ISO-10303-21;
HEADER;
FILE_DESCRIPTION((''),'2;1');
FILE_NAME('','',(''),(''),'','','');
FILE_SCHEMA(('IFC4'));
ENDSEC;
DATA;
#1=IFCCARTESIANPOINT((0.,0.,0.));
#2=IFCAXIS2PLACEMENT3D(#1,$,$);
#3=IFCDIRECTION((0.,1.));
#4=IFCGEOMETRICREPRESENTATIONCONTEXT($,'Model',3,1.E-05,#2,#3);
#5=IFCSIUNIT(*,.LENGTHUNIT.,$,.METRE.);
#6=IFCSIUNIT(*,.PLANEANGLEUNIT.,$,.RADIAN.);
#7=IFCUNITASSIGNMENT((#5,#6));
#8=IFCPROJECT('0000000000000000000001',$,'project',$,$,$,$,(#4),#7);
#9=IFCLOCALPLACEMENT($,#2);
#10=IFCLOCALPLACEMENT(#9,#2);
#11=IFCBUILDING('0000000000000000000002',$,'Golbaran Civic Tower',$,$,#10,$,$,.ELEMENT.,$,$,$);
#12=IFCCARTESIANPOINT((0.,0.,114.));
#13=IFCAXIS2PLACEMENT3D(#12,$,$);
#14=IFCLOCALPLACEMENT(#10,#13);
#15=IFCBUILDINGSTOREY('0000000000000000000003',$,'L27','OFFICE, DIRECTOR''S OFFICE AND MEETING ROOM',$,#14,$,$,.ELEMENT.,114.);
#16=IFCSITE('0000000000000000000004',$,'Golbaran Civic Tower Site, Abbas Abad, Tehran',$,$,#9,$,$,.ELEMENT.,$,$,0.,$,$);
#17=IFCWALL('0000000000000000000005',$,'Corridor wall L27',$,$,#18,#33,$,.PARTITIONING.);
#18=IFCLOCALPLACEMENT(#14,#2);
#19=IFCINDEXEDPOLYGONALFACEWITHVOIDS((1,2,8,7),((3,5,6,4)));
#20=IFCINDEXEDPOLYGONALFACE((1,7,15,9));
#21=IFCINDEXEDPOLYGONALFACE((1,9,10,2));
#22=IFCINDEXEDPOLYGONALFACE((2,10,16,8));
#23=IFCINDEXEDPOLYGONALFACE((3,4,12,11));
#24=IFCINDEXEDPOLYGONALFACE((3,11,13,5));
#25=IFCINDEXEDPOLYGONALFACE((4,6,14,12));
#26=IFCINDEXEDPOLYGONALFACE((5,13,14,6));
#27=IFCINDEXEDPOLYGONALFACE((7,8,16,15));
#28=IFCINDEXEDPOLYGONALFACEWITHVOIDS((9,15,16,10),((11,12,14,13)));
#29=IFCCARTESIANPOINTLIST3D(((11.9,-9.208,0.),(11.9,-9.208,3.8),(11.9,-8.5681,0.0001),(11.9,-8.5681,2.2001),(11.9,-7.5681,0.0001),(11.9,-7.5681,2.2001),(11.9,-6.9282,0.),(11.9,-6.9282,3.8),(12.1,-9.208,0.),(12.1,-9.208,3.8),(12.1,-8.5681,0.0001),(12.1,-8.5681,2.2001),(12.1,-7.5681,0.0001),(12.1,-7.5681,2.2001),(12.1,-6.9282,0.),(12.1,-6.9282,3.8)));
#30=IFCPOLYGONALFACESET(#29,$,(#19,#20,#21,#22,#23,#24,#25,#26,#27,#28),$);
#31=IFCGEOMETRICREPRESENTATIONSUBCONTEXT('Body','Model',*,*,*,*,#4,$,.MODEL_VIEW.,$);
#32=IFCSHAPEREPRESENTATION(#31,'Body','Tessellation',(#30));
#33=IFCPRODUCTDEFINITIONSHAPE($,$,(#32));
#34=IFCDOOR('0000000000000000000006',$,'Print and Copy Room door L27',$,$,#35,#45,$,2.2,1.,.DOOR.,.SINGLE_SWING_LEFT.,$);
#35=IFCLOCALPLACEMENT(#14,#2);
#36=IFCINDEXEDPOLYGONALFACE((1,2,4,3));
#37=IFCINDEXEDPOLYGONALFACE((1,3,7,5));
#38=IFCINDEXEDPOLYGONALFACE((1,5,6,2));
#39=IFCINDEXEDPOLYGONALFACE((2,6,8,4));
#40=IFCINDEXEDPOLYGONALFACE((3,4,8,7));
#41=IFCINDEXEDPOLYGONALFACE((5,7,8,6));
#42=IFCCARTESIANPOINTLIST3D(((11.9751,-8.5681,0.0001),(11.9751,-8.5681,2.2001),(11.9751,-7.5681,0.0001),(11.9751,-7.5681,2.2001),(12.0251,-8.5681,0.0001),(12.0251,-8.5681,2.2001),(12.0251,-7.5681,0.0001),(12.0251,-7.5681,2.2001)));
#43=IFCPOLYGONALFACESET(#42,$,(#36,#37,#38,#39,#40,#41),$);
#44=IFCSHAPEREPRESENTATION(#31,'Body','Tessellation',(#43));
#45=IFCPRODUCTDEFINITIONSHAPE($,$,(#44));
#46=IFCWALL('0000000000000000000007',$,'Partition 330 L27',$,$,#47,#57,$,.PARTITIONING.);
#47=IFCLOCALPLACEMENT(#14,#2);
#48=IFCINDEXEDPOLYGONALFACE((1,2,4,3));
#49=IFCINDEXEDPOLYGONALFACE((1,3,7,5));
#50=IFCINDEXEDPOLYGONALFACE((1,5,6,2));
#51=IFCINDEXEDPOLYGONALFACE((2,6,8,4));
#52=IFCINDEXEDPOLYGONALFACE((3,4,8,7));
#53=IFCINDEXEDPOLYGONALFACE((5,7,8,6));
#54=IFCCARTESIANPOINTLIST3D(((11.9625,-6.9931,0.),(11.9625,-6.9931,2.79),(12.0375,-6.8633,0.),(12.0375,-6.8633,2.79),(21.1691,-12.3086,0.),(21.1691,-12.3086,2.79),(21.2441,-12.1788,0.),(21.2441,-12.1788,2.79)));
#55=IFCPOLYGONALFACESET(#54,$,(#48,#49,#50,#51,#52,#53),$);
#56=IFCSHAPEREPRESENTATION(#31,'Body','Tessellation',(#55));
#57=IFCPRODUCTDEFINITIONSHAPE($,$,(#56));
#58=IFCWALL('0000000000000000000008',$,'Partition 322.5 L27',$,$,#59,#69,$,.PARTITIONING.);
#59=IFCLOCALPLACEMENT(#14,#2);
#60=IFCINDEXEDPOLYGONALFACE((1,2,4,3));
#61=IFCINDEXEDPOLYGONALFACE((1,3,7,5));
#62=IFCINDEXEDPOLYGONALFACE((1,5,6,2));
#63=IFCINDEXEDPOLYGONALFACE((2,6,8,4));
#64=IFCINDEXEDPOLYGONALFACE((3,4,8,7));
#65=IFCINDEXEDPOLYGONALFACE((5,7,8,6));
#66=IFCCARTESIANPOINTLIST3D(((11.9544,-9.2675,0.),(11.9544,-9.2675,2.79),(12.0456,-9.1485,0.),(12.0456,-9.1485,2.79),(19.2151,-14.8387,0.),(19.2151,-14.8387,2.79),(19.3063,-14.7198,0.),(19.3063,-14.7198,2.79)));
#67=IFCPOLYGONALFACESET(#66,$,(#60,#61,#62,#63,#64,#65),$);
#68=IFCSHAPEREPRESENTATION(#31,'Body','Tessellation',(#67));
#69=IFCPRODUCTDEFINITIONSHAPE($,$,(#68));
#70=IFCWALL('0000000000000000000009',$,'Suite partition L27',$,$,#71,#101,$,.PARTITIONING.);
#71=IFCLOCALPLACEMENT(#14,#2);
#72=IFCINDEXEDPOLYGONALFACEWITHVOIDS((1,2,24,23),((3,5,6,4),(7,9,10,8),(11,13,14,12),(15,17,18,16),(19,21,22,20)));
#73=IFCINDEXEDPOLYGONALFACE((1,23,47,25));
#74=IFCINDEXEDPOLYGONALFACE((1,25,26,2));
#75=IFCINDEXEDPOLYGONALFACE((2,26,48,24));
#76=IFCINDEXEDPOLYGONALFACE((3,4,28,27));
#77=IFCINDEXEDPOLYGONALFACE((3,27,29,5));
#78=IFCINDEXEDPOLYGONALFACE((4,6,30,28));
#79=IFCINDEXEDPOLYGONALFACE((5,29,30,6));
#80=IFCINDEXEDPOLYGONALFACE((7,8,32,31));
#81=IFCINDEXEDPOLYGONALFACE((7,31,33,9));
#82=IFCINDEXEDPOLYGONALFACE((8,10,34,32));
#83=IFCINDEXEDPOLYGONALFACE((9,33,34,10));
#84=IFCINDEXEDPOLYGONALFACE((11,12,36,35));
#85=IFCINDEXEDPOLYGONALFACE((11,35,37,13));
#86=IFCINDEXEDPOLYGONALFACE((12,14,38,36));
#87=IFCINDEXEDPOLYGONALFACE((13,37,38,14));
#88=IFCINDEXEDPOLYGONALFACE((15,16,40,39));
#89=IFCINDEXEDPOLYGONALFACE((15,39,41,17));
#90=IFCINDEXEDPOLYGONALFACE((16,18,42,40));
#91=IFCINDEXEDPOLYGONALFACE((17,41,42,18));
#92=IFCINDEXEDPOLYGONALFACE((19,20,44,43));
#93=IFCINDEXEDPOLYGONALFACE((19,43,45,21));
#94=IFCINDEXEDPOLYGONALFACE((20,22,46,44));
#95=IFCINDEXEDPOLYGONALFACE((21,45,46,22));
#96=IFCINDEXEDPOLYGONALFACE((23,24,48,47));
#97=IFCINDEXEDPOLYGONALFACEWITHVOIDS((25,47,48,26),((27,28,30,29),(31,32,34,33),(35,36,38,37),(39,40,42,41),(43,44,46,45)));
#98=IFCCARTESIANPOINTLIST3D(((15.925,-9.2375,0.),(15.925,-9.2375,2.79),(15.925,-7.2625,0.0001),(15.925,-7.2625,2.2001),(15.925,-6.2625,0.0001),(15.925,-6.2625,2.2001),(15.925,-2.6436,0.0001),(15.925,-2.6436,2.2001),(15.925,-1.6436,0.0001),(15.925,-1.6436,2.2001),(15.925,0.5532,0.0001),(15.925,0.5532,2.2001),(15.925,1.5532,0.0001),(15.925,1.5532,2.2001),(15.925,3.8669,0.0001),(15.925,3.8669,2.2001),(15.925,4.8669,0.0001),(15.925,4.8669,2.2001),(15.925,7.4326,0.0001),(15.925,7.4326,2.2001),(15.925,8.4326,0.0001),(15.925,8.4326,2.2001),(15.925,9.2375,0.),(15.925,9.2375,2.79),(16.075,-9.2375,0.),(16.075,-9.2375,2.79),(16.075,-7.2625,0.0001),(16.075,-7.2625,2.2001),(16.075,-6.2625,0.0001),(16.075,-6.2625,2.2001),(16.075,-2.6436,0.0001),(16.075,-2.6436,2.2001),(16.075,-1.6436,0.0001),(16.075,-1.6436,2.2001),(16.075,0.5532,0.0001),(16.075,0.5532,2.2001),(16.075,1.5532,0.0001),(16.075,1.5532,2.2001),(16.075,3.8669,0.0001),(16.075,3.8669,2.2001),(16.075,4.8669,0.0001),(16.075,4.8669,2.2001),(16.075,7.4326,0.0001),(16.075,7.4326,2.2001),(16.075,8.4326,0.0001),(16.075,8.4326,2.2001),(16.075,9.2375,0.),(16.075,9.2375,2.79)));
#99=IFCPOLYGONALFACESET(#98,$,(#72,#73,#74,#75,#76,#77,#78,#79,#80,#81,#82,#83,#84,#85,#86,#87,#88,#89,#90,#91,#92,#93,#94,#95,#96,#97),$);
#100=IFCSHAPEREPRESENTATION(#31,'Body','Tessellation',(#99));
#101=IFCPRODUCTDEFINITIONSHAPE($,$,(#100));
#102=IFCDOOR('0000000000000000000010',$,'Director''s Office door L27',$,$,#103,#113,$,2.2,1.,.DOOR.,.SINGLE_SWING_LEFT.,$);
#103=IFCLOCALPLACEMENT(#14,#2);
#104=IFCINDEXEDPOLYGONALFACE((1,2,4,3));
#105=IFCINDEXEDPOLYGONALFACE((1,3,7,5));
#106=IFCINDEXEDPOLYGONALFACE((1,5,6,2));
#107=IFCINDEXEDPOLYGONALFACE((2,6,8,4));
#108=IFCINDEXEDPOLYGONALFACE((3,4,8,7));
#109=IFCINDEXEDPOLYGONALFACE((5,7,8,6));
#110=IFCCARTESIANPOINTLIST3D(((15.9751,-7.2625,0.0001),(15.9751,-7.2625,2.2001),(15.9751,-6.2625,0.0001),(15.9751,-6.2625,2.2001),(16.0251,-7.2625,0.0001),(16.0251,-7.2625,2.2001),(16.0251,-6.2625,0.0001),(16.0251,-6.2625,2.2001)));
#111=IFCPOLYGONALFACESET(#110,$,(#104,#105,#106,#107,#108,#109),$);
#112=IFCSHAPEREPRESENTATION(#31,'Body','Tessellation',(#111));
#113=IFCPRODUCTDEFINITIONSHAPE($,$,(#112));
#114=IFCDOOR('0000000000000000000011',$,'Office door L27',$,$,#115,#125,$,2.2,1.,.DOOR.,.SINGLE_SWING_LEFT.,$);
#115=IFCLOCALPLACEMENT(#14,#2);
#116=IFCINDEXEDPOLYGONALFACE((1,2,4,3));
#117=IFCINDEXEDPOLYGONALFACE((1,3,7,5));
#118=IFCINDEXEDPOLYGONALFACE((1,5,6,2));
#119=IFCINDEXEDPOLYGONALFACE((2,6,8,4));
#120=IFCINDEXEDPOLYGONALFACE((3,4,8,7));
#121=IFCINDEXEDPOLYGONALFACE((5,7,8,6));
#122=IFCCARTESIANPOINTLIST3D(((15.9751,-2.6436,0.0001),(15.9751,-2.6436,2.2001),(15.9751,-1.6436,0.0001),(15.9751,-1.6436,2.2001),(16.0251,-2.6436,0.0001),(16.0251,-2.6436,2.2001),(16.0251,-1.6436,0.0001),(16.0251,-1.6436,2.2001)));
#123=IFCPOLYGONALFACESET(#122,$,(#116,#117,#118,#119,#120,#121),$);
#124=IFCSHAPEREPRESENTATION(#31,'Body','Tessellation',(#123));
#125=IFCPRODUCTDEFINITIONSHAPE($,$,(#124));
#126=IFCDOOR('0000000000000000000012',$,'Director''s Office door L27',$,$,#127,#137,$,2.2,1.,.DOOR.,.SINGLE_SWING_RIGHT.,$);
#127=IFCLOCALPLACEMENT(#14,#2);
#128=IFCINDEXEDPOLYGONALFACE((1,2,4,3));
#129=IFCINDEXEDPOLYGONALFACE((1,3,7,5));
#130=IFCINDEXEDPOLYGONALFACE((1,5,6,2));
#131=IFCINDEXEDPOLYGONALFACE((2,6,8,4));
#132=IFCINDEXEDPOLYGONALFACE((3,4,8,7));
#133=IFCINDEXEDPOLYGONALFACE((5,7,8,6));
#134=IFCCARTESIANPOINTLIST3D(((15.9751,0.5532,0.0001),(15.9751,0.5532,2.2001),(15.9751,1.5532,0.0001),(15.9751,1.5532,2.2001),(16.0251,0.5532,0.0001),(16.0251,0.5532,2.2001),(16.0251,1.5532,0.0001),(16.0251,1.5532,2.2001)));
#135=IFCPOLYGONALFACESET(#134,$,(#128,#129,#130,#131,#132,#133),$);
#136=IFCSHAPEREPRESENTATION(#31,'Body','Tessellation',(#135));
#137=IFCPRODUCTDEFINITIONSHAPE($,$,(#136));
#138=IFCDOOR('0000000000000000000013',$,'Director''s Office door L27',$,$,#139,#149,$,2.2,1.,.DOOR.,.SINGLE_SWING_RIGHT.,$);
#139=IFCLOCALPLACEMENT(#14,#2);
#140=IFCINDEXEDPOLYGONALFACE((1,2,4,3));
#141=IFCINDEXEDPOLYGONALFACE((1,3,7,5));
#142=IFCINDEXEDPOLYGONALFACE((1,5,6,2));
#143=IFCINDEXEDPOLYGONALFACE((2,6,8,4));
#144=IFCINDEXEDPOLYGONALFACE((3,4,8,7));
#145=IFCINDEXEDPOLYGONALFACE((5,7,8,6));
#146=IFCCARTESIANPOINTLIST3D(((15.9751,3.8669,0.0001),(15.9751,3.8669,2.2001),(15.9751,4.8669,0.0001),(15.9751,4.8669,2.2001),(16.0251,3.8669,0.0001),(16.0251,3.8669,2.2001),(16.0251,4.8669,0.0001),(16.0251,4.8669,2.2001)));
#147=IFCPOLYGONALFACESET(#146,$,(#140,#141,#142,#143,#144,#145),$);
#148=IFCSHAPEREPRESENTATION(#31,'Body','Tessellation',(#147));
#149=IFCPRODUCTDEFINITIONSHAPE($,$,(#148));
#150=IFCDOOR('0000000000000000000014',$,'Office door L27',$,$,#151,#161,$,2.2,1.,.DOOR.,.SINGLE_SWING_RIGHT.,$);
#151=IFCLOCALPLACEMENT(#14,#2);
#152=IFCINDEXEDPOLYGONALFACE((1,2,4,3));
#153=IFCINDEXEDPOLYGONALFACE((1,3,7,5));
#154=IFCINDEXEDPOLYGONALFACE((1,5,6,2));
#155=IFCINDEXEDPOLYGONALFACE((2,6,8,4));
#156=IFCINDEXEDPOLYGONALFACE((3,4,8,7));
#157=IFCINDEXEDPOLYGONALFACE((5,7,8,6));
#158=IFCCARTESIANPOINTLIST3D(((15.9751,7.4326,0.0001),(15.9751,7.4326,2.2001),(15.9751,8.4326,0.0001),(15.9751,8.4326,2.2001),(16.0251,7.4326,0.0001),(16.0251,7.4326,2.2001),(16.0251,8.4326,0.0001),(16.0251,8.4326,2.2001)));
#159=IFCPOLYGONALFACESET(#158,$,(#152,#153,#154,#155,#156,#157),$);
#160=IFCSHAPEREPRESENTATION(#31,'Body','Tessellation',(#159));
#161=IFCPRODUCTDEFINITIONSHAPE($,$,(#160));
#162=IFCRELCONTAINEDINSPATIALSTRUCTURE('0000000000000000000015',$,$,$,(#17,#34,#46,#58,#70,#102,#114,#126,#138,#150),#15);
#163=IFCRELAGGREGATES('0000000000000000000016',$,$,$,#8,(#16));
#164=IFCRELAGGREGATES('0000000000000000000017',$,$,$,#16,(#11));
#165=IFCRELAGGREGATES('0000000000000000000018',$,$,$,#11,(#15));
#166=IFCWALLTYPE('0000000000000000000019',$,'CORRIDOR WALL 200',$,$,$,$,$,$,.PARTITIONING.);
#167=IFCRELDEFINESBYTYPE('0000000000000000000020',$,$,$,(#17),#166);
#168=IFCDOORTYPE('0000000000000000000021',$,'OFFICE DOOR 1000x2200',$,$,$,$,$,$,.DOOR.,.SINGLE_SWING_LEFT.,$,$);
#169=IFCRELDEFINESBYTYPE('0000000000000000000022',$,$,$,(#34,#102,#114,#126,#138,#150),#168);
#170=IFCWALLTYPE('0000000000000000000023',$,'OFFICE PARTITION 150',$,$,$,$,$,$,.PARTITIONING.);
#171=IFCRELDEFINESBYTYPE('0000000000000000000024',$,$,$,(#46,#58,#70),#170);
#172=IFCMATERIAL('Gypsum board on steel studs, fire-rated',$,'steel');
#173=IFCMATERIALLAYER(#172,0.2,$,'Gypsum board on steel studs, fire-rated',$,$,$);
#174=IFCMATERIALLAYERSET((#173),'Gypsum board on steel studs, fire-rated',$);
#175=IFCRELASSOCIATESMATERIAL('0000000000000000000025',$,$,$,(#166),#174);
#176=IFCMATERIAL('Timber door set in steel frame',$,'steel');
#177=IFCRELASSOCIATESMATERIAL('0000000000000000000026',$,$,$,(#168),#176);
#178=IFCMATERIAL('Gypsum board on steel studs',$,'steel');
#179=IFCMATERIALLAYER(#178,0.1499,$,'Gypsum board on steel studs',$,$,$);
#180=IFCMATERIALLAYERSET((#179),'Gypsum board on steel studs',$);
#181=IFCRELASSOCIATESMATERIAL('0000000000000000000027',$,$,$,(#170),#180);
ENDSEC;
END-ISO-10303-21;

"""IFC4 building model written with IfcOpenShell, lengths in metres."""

from ifc_helpers import new_model, si_unit, direction, frame, frame_2d, origin, place, context, subcontext, project, spatial, rectangle, extrude, material, layer, layer_set, type_object, element, fill, save


model = new_model("IFC4")

# Units and contexts
model_context = context("Model", 3, precision=1e-05, world=origin(), true_north=direction((0.0, 1.0)))
body_context = subcontext(model_context, "Body", "Model", "MODEL_VIEW")
ifc_project = project(units=[si_unit("LENGTHUNIT", "METRE"), si_unit("PLANEANGLEUNIT", "RADIAN")], contexts=[model_context])

# Site, building, storey
site_placement = place(None, origin())
site = spatial("IfcSite", under=ifc_project, at=site_placement, Name="Golbaran Civic Tower Site, Abbas Abad, Tehran", CompositionType="ELEMENT", RefElevation=0.0)
building_placement = place(site_placement, origin())
building = spatial("IfcBuilding", under=site, at=building_placement, Name="Golbaran Civic Tower", CompositionType="ELEMENT")
storey_placement = place(building_placement, frame((0.0, 0.0, 114.0)))
storey = spatial("IfcBuildingStorey", under=building, at=storey_placement, Name="L27", Description="OFFICE, DIRECTOR'S OFFICE AND MEETING ROOM", CompositionType="ELEMENT", Elevation=114.0)

# Shared definitions
ifc_material_1 = material(Name="Timber door set in steel frame", Category="steel")
ifc_material_2 = material(Name="Gypsum board on steel studs, fire-rated", Category="steel")
ifc_layer_1 = layer(ifc_material_2, 0.2, Name="Gypsum board on steel studs, fire-rated")
ifc_layer_set_1 = layer_set([ifc_layer_1], Name="Gypsum board on steel studs, fire-rated")
wall_type_1 = type_object("IfcWallType", Name="CORRIDOR WALL 200", PredefinedType="PARTITIONING", material=ifc_layer_set_1)

# Wall, opening, door
wall_1_placement = place(storey_placement, frame((12.0, -9.208, 0.0), z_axis=(0.0, 0.0, 1.0), x_axis=(0.0, 1.0, 0.0)))
wall_1 = element("IfcWall", 1, at=wall_1_placement, inside=storey, type_object=wall_type_1, Name="Corridor wall L27", PredefinedType="PARTITIONING", context=body_context, shape_type="SweptSolid", body=[
    extrude(rectangle(XDim=2.2798, YDim=0.2, at=frame_2d((1.1399, 0.0))), origin(), (0.0, 0.0, 1.0), 3.8),
])
opening_1_placement = place(wall_1_placement, frame((0.6399, 0.0, 0.0)))
opening_1 = element("IfcOpeningElement", 2, at=opening_1_placement, cuts=wall_1, PredefinedType="OPENING", context=body_context, shape_type="SweptSolid", body=[
    extrude(rectangle(XDim=1.0, YDim=2.2, at=frame_2d((0.5, 1.1001))), frame((0.0, 0.1099, 0.0), z_axis=(0.0, -1.0, 0.0), x_axis=(1.0, 0.0, 0.0)), (0.0, 0.0, 1.0), 0.22),
])
door_type_1 = type_object("IfcDoorType", Name="OFFICE DOOR 1000x2200", OperationType="SINGLE_SWING_LEFT", PredefinedType="DOOR", material=ifc_material_1)
door_1_placement = place(opening_1_placement, origin())
door_1 = element("IfcDoor", 3, at=door_1_placement, inside=storey, type_object=door_type_1, Name="Print and Copy Room door L27", OperationType="SINGLE_SWING_LEFT", OverallHeight=2.2, OverallWidth=1.0, PredefinedType="DOOR", context=body_context, shape_type="SweptSolid", body=[
    extrude(rectangle(XDim=1.0, YDim=2.2, at=frame_2d((0.5, 1.1001))), frame((0.0, 0.0249, 0.0), z_axis=(0.0, -1.0, 0.0), x_axis=(1.0, 0.0, 0.0)), (0.0, 0.0, 1.0), 0.05),
])
fill(opening_1, door_1)

# Walls
ifc_material_3 = material(Name="Gypsum board on steel studs", Category="steel")
ifc_layer_2 = layer(ifc_material_3, 0.1499, Name="Gypsum board on steel studs")
ifc_layer_set_2 = layer_set([ifc_layer_2], Name="Gypsum board on steel studs")
wall_type_2 = type_object("IfcWallType", Name="OFFICE PARTITION 150", PredefinedType="PARTITIONING", material=ifc_layer_set_2)
wall_2_placement = place(storey_placement, frame((12.0, -6.9282, 0.0), z_axis=(0.0, 0.0, 1.0), x_axis=(0.866024, -0.500002, 0.0)))
element("IfcWall", 4, at=wall_2_placement, inside=storey, type_object=wall_type_2, Name="Partition 330 L27", PredefinedType="PARTITIONING", context=body_context, shape_type="SweptSolid", body=[
    extrude(rectangle(XDim=10.6309, YDim=0.1499, at=frame_2d((5.3154, 0.0))), origin(), (0.0, 0.0, 1.0), 2.79),
])
wall_3_placement = place(storey_placement, frame((12.0, -9.208, 0.0), z_axis=(0.0, 0.0, 1.0), x_axis=(0.793357, -0.608756, 0.0)))
element("IfcWall", 5, at=wall_3_placement, inside=storey, type_object=wall_type_2, Name="Partition 322.5 L27", PredefinedType="PARTITIONING", context=body_context, shape_type="SweptSolid", body=[
    extrude(rectangle(XDim=9.1519, YDim=0.1499, at=frame_2d((4.5759, 0.0))), origin(), (0.0, 0.0, 1.0), 2.79),
])

# Wall, openings, doors
wall_4_placement = place(storey_placement, frame((16.0, -9.2375, 0.0), z_axis=(0.0, 0.0, 1.0), x_axis=(0.0, 1.0, 0.0)))
wall_4 = element("IfcWall", 6, at=wall_4_placement, inside=storey, type_object=wall_type_2, Name="Suite partition L27", PredefinedType="PARTITIONING", context=body_context, shape_type="SweptSolid", body=[
    extrude(rectangle(XDim=18.4751, YDim=0.1499, at=frame_2d((9.2375, 0.0))), origin(), (0.0, 0.0, 1.0), 2.79),
])
opening_2_placement = place(wall_4_placement, frame((1.9751, 0.0, 0.0)))
opening_2 = element("IfcOpeningElement", 7, at=opening_2_placement, cuts=wall_4, PredefinedType="OPENING", context=body_context, shape_type="SweptSolid", body=[
    extrude(rectangle(XDim=1.0, YDim=2.2, at=frame_2d((0.5, 1.1001))), frame((0.0, 0.085, 0.0), z_axis=(0.0, -1.0, 0.0), x_axis=(1.0, 0.0, 0.0)), (0.0, 0.0, 1.0), 0.1699),
])
opening_3_placement = place(wall_4_placement, frame((6.594, 0.0, 0.0)))
opening_3 = element("IfcOpeningElement", 8, at=opening_3_placement, cuts=wall_4, PredefinedType="OPENING", context=body_context, shape_type="SweptSolid", body=[
    extrude(rectangle(XDim=1.0, YDim=2.2, at=frame_2d((0.5, 1.1001))), frame((0.0, 0.085, 0.0), z_axis=(0.0, -1.0, 0.0), x_axis=(1.0, 0.0, 0.0)), (0.0, 0.0, 1.0), 0.1699),
])
opening_4_placement = place(wall_4_placement, frame((9.7908, 0.0, 0.0)))
opening_4 = element("IfcOpeningElement", 9, at=opening_4_placement, cuts=wall_4, PredefinedType="OPENING", context=body_context, shape_type="SweptSolid", body=[
    extrude(rectangle(XDim=1.0, YDim=2.2, at=frame_2d((0.5, 1.1001))), frame((0.0, 0.085, 0.0), z_axis=(0.0, -1.0, 0.0), x_axis=(1.0, 0.0, 0.0)), (0.0, 0.0, 1.0), 0.1699),
])
opening_5_placement = place(wall_4_placement, frame((13.1045, 0.0, 0.0)))
opening_5 = element("IfcOpeningElement", 10, at=opening_5_placement, cuts=wall_4, PredefinedType="OPENING", context=body_context, shape_type="SweptSolid", body=[
    extrude(rectangle(XDim=1.0, YDim=2.2, at=frame_2d((0.5, 1.1001))), frame((0.0, 0.085, 0.0), z_axis=(0.0, -1.0, 0.0), x_axis=(1.0, 0.0, 0.0)), (0.0, 0.0, 1.0), 0.1699),
])
opening_6_placement = place(wall_4_placement, frame((16.6702, 0.0, 0.0)))
opening_6 = element("IfcOpeningElement", 11, at=opening_6_placement, cuts=wall_4, PredefinedType="OPENING", context=body_context, shape_type="SweptSolid", body=[
    extrude(rectangle(XDim=1.0, YDim=2.2, at=frame_2d((0.5, 1.1001))), frame((0.0, 0.085, 0.0), z_axis=(0.0, -1.0, 0.0), x_axis=(1.0, 0.0, 0.0)), (0.0, 0.0, 1.0), 0.1699),
])
door_2_placement = place(opening_2_placement, origin())
door_2 = element("IfcDoor", 12, at=door_2_placement, inside=storey, type_object=door_type_1, Name="Director's Office door L27", OperationType="SINGLE_SWING_LEFT", OverallHeight=2.2, OverallWidth=1.0, PredefinedType="DOOR", context=body_context, shape_type="SweptSolid", body=[
    extrude(rectangle(XDim=1.0, YDim=2.2, at=frame_2d((0.5, 1.1001))), frame((0.0, 0.0249, 0.0), z_axis=(0.0, -1.0, 0.0), x_axis=(1.0, 0.0, 0.0)), (0.0, 0.0, 1.0), 0.05),
])
fill(opening_2, door_2)
door_3_placement = place(opening_3_placement, origin())
door_3 = element("IfcDoor", 13, at=door_3_placement, inside=storey, type_object=door_type_1, Name="Office door L27", OperationType="SINGLE_SWING_LEFT", OverallHeight=2.2, OverallWidth=1.0, PredefinedType="DOOR", context=body_context, shape_type="SweptSolid", body=[
    extrude(rectangle(XDim=1.0, YDim=2.2, at=frame_2d((0.5, 1.1001))), frame((0.0, 0.0249, 0.0), z_axis=(0.0, -1.0, 0.0), x_axis=(1.0, 0.0, 0.0)), (0.0, 0.0, 1.0), 0.05),
])
fill(opening_3, door_3)
door_4_placement = place(opening_4_placement, origin())
door_4 = element("IfcDoor", 14, at=door_4_placement, inside=storey, type_object=door_type_1, Name="Director's Office door L27", OperationType="SINGLE_SWING_RIGHT", OverallHeight=2.2, OverallWidth=1.0, PredefinedType="DOOR", context=body_context, shape_type="SweptSolid", body=[
    extrude(rectangle(XDim=1.0, YDim=2.2, at=frame_2d((0.5, 1.1001))), frame((0.0, 0.0249, 0.0), z_axis=(0.0, -1.0, 0.0), x_axis=(1.0, 0.0, 0.0)), (0.0, 0.0, 1.0), 0.05),
])
fill(opening_4, door_4)
door_5_placement = place(opening_5_placement, origin())
door_5 = element("IfcDoor", 15, at=door_5_placement, inside=storey, type_object=door_type_1, Name="Director's Office door L27", OperationType="SINGLE_SWING_RIGHT", OverallHeight=2.2, OverallWidth=1.0, PredefinedType="DOOR", context=body_context, shape_type="SweptSolid", body=[
    extrude(rectangle(XDim=1.0, YDim=2.2, at=frame_2d((0.5, 1.1001))), frame((0.0, 0.0249, 0.0), z_axis=(0.0, -1.0, 0.0), x_axis=(1.0, 0.0, 0.0)), (0.0, 0.0, 1.0), 0.05),
])
fill(opening_5, door_5)
door_6_placement = place(opening_6_placement, origin())
door_6 = element("IfcDoor", 16, at=door_6_placement, inside=storey, type_object=door_type_1, Name="Office door L27", OperationType="SINGLE_SWING_RIGHT", OverallHeight=2.2, OverallWidth=1.0, PredefinedType="DOOR", context=body_context, shape_type="SweptSolid", body=[
    extrude(rectangle(XDim=1.0, YDim=2.2, at=frame_2d((0.5, 1.1001))), frame((0.0, 0.0249, 0.0), z_axis=(0.0, -1.0, 0.0), x_axis=(1.0, 0.0, 0.0)), (0.0, 0.0, 1.0), 0.05),
])
fill(opening_6, door_6)

save(model, "model.ifc")
